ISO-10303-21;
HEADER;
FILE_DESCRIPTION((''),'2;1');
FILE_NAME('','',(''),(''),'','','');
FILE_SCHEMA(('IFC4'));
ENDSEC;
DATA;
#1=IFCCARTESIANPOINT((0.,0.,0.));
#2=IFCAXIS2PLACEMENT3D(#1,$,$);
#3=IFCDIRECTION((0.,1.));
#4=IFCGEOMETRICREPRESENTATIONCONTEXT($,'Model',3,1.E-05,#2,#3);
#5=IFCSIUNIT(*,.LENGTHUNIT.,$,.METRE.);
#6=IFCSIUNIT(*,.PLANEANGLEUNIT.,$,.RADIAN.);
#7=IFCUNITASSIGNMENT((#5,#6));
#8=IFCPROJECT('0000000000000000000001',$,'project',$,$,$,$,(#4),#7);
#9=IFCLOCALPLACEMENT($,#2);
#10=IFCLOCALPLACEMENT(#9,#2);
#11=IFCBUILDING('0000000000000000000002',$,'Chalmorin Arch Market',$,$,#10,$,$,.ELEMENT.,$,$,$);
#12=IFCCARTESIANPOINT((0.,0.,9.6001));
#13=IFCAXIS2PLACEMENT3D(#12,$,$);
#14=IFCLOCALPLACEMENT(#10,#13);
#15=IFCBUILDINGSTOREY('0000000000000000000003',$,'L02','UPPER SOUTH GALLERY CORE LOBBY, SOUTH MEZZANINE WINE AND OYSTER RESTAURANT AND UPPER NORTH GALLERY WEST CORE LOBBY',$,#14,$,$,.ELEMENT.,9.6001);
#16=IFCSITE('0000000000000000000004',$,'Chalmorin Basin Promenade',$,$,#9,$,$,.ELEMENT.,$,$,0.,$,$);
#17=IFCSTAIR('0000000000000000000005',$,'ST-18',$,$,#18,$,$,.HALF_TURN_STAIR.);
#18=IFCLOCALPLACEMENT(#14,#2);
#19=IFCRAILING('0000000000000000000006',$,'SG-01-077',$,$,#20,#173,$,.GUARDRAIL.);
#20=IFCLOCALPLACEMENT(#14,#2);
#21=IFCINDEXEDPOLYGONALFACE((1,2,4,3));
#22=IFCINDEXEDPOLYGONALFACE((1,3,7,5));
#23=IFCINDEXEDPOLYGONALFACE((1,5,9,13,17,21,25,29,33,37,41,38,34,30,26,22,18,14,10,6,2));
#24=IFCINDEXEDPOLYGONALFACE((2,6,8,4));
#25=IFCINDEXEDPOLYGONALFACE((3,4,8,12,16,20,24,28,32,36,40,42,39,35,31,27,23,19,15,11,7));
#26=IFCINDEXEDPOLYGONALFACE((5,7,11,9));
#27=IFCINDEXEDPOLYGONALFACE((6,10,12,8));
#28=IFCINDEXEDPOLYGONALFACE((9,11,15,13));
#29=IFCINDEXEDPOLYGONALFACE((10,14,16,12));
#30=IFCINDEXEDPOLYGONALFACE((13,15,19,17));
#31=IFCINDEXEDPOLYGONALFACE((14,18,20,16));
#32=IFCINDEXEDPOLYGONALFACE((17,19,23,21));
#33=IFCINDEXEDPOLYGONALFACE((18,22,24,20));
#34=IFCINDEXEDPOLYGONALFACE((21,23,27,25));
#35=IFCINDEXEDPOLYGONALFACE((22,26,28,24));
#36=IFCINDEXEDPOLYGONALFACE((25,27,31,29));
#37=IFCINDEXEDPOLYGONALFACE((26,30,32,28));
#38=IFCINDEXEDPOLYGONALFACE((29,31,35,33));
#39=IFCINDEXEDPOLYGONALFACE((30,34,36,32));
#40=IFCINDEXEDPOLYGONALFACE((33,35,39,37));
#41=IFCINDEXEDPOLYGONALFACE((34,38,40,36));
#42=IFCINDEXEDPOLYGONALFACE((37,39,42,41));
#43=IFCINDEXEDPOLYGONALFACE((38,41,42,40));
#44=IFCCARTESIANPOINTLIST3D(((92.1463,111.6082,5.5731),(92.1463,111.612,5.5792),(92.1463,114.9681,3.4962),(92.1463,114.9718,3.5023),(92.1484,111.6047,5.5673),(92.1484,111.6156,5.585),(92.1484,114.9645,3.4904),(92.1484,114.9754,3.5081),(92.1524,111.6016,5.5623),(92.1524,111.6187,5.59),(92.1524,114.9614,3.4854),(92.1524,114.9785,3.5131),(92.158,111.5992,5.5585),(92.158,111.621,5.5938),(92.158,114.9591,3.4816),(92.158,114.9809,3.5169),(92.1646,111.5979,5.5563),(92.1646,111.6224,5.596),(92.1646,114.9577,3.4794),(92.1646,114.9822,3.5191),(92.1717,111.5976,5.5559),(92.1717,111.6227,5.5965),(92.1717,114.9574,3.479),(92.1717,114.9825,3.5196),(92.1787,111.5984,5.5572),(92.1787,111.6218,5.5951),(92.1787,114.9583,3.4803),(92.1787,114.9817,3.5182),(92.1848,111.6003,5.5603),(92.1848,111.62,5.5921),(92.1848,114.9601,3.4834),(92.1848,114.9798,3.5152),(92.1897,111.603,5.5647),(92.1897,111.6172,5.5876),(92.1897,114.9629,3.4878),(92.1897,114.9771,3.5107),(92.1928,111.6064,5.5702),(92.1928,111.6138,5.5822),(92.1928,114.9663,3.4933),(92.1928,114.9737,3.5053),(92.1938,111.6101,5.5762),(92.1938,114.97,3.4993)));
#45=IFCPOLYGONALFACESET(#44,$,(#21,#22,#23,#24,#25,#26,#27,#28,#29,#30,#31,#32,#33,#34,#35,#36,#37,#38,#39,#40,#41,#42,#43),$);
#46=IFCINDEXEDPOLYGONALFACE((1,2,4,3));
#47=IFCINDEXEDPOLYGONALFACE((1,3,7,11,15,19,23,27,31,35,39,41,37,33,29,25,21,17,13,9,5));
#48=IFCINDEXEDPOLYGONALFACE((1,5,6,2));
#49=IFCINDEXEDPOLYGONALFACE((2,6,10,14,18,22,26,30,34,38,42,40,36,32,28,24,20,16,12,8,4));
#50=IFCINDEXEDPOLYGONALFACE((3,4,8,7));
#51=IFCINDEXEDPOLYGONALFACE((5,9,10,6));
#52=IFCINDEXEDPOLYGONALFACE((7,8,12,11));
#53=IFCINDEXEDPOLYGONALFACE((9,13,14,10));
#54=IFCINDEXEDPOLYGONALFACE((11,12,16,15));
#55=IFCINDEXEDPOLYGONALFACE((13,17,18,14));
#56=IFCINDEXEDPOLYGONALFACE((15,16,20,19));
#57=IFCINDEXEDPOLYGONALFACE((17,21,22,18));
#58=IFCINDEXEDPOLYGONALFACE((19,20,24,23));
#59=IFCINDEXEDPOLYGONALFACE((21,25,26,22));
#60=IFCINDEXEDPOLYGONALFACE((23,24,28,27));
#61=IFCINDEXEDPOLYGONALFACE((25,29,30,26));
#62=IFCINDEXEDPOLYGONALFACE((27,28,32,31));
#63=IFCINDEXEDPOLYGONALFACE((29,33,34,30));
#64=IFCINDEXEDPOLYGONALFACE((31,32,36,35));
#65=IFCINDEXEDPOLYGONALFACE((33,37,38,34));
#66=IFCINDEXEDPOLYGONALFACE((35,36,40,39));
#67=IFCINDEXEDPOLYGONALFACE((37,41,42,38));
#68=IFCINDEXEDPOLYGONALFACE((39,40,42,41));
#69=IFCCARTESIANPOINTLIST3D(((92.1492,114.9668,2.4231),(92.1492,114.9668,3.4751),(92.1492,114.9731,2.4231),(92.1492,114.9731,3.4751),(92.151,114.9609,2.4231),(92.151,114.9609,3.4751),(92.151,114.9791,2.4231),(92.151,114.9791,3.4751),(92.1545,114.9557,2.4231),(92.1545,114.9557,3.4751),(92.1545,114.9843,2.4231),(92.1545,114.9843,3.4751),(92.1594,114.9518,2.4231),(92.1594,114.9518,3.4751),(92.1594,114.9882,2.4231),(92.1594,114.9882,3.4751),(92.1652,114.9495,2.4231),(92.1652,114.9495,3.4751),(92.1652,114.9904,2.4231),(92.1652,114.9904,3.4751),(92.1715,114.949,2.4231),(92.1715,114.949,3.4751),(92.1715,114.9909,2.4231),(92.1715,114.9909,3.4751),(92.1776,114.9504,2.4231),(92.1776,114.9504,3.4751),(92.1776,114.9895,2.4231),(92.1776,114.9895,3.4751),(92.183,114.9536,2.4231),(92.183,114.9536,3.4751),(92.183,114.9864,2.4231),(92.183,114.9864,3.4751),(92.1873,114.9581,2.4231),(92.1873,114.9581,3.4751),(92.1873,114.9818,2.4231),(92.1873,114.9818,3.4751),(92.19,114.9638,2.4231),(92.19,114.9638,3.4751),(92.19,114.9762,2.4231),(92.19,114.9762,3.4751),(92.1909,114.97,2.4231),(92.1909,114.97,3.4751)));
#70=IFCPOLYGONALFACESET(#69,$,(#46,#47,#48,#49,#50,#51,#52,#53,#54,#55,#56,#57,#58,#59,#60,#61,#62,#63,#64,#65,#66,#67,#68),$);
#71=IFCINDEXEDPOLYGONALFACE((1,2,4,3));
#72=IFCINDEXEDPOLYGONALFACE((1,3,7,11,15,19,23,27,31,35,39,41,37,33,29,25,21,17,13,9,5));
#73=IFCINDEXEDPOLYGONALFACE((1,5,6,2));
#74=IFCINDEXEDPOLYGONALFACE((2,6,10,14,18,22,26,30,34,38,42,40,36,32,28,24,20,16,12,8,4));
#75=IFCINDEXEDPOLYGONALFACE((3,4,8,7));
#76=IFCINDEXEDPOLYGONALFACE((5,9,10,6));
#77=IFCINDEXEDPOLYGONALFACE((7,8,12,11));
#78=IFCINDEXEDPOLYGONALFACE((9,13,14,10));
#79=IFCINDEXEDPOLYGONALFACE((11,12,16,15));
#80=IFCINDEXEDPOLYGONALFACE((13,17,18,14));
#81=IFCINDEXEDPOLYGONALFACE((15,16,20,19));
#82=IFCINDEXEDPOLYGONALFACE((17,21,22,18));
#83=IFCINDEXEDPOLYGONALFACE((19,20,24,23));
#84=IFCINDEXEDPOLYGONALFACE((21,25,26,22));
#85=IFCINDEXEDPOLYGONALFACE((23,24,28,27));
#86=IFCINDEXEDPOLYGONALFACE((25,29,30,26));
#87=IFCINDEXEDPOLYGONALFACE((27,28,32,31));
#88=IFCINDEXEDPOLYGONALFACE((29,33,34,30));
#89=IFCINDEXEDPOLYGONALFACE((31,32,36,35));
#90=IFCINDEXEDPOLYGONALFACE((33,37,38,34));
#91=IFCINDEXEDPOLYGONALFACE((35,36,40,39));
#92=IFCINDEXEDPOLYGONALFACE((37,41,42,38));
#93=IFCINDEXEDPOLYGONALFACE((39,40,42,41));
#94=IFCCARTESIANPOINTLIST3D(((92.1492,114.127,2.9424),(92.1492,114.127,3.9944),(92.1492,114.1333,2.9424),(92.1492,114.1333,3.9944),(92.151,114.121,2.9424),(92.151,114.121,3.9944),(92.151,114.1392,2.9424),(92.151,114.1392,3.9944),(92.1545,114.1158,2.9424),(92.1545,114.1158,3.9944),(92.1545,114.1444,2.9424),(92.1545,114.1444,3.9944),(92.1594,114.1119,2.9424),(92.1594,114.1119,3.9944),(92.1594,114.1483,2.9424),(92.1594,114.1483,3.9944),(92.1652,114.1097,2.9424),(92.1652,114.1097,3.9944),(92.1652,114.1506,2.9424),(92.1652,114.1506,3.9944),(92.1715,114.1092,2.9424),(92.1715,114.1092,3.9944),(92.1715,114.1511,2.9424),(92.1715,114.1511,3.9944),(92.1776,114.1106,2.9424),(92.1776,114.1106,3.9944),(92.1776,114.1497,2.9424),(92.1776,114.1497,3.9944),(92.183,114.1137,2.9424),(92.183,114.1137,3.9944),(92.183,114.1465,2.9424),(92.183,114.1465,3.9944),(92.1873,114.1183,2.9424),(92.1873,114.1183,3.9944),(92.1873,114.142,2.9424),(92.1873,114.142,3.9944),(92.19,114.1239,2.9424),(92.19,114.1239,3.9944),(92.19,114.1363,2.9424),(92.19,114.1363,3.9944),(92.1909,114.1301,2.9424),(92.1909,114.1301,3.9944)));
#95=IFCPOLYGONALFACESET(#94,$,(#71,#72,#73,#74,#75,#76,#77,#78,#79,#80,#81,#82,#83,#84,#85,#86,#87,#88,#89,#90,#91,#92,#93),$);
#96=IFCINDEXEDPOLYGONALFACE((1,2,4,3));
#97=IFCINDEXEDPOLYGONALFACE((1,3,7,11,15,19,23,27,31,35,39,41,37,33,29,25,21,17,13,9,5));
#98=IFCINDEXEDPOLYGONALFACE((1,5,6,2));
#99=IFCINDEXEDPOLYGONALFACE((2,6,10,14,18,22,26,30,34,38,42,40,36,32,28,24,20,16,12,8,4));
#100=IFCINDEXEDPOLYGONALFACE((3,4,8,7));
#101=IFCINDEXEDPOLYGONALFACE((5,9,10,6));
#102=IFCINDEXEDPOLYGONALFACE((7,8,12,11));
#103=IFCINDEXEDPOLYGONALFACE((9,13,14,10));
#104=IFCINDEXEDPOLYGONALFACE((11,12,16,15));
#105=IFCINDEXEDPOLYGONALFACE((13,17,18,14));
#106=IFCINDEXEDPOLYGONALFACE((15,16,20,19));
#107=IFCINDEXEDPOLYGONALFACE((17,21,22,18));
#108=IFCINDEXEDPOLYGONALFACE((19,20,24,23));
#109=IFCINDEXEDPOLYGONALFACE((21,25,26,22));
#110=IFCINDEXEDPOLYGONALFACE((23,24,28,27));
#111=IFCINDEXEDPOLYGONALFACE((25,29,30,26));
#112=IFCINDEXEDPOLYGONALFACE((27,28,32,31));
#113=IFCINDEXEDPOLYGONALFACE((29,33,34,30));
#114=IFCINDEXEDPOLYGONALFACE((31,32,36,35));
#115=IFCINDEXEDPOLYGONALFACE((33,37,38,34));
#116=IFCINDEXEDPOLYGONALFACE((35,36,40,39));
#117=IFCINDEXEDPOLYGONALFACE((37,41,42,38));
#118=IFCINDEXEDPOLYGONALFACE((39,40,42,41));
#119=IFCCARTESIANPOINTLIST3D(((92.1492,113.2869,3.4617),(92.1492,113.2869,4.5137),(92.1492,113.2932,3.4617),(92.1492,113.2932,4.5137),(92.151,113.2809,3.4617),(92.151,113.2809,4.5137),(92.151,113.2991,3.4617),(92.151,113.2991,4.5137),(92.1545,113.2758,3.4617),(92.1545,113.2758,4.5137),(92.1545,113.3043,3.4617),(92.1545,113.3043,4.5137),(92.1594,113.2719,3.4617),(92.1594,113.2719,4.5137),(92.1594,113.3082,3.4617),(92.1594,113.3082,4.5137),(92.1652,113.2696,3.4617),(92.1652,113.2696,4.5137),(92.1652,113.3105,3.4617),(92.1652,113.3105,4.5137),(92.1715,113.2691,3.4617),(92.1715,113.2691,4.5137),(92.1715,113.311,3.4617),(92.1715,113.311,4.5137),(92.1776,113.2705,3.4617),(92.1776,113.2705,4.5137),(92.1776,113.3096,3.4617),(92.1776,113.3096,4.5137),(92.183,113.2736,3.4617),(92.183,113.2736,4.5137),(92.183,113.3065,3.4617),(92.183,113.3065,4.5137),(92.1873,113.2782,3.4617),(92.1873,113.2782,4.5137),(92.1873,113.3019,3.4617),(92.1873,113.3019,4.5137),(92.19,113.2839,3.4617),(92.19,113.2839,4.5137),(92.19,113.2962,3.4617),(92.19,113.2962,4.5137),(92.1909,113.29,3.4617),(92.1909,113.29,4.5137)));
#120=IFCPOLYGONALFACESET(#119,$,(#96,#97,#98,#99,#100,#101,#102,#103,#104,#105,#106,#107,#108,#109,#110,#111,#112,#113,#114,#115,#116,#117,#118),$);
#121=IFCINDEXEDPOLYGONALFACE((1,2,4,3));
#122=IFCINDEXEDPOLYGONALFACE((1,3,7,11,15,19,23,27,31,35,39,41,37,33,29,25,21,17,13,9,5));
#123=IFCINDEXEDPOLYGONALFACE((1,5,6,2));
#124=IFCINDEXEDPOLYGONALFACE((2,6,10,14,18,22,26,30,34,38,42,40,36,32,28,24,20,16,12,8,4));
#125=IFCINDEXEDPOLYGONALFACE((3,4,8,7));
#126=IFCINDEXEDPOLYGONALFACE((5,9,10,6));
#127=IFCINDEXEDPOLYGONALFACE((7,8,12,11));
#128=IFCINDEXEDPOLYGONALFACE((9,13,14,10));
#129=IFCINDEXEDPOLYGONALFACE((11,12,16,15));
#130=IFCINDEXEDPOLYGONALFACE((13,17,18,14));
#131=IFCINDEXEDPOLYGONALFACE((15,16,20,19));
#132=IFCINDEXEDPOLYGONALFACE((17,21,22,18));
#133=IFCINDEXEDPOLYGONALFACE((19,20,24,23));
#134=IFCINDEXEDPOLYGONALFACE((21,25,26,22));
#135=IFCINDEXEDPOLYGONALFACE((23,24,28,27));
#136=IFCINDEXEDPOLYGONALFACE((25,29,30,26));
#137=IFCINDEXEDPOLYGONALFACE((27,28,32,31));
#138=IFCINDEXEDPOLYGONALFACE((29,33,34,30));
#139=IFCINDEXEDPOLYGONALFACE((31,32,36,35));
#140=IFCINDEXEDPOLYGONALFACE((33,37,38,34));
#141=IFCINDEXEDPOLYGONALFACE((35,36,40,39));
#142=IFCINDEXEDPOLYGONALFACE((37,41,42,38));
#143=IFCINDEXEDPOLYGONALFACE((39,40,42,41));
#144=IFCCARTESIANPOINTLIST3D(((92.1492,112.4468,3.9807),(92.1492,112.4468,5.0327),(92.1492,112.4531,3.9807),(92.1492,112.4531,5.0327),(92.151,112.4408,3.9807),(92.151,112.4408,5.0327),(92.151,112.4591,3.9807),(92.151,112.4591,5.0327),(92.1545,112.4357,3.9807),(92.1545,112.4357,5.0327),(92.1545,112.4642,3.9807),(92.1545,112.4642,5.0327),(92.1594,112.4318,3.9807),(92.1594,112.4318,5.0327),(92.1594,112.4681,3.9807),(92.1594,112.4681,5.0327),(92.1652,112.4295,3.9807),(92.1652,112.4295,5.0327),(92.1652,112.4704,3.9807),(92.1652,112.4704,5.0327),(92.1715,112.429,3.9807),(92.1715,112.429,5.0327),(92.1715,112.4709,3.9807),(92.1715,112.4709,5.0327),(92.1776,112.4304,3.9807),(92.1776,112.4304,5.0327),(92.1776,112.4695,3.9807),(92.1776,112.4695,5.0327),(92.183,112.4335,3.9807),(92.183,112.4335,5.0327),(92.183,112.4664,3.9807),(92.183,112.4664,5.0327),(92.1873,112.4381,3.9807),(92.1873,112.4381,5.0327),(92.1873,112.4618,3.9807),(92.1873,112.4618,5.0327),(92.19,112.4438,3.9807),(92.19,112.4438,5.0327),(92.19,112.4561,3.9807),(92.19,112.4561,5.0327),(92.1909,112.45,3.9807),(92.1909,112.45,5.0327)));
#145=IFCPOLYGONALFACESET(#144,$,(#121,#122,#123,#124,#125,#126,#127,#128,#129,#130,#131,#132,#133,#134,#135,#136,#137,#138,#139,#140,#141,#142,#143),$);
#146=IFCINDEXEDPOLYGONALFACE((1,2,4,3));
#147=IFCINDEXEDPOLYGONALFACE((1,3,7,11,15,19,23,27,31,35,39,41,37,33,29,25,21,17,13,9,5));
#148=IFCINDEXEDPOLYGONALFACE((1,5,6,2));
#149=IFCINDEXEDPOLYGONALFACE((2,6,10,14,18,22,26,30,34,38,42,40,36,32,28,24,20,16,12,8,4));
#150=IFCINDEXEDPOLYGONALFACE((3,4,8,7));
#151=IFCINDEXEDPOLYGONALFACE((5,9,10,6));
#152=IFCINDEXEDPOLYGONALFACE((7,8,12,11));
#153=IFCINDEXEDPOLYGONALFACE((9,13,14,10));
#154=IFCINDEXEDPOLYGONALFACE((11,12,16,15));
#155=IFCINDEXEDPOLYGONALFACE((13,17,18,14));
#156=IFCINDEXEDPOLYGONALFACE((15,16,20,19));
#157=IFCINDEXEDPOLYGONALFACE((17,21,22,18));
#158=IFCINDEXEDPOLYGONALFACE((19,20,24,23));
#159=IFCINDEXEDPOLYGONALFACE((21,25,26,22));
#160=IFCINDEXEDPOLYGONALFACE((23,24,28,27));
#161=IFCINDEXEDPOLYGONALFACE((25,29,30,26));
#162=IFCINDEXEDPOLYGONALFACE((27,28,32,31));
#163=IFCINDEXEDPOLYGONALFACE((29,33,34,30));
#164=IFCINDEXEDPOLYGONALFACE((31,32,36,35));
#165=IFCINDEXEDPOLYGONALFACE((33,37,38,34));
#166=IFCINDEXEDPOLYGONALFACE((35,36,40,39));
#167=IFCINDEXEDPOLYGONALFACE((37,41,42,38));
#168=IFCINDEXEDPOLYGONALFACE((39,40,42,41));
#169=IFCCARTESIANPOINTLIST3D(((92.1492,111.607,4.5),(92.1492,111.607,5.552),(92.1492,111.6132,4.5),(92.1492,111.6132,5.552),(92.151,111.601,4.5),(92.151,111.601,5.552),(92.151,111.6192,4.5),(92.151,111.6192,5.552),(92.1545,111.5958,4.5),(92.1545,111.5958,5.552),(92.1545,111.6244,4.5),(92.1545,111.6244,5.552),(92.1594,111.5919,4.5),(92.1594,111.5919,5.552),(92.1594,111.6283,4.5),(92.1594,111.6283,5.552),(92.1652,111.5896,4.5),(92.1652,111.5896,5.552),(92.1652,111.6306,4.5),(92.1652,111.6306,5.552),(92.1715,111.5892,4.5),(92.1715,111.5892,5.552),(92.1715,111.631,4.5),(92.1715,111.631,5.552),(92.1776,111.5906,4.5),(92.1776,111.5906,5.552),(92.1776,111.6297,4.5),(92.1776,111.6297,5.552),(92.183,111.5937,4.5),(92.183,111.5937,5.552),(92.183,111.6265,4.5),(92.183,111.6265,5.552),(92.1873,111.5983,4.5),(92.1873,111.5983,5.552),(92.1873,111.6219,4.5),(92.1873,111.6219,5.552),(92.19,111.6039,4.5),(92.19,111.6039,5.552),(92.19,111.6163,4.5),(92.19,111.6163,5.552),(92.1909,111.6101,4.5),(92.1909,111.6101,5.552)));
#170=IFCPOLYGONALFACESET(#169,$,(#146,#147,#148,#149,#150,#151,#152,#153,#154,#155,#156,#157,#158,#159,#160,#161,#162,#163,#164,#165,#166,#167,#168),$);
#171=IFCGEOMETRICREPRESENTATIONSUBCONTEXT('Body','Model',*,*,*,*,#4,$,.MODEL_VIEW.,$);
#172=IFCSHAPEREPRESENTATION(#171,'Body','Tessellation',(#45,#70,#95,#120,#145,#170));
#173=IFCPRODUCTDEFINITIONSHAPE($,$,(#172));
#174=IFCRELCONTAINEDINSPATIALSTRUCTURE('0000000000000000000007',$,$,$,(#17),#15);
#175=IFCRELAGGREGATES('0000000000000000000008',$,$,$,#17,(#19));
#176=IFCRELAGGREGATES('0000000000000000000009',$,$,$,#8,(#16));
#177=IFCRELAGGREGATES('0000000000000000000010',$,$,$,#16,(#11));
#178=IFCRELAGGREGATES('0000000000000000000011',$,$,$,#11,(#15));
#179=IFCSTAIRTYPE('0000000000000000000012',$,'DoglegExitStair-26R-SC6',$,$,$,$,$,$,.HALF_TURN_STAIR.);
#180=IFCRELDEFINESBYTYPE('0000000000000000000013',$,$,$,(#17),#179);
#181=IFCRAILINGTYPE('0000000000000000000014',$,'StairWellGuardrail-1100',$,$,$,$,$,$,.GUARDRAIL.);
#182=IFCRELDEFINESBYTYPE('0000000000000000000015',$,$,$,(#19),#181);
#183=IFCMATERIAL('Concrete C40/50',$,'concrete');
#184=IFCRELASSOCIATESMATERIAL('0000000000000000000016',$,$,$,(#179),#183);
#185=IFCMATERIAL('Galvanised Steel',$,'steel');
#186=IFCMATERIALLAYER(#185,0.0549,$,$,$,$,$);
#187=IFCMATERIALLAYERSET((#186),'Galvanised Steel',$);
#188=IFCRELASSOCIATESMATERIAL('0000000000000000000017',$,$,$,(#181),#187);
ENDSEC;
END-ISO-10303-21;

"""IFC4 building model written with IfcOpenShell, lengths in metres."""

from ifc_helpers import new_model, si_unit, direction, frame, origin, origin_2d, place, context, subcontext, project, spatial, circle, extrude, material, layer, layer_set, type_object, element, aggregate, save


model = new_model("IFC4")

# Units and contexts
model_context = context("Model", 3, precision=1e-05, world=origin(), true_north=direction((0.0, 1.0)))
body_context = subcontext(model_context, "Body", "Model", "MODEL_VIEW")
ifc_project = project(units=[si_unit("LENGTHUNIT", "METRE"), si_unit("PLANEANGLEUNIT", "RADIAN")], contexts=[model_context])

# Site, building, storey
site_placement = place(None, origin())
site = spatial("IfcSite", under=ifc_project, at=site_placement, Name="Chalmorin Basin Promenade", CompositionType="ELEMENT", RefElevation=0.0)
building_placement = place(site_placement, origin())
building = spatial("IfcBuilding", under=site, at=building_placement, Name="Chalmorin Arch Market", CompositionType="ELEMENT")
storey_placement = place(building_placement, frame((0.0, 0.0, 9.6001)))
storey = spatial("IfcBuildingStorey", under=building, at=storey_placement, Name="L02", Description="UPPER SOUTH GALLERY CORE LOBBY, SOUTH MEZZANINE WINE AND OYSTER RESTAURANT AND UPPER NORTH GALLERY WEST CORE LOBBY", CompositionType="ELEMENT", Elevation=9.6001)

# Shared definitions
ifc_material_1 = material(Name="Concrete C40/50", Category="concrete")

# Stair, railing
stair_type = type_object("IfcStairType", Name="DoglegExitStair-26R-SC6", PredefinedType="HALF_TURN_STAIR", material=ifc_material_1)
stair_placement = place(storey_placement, origin())
stair = element("IfcStair", 1, at=stair_placement, inside=storey, type_object=stair_type, Name="ST-18", PredefinedType="HALF_TURN_STAIR")
ifc_material_2 = material(Name="Galvanised Steel", Category="steel")
ifc_layer_1 = layer(ifc_material_2, 0.0549)
ifc_layer_set_1 = layer_set([ifc_layer_1], Name="Galvanised Steel")
railing_type_1 = type_object("IfcRailingType", Name="StairWellGuardrail-1100", PredefinedType="GUARDRAIL", material=ifc_layer_set_1)
railing_1_placement = place(storey_placement, frame((92.1699, 114.97, 2.4231)))
railing_1 = element("IfcRailing", 2, at=railing_1_placement, type_object=railing_type_1, Name="SG-01-077", PredefinedType="GUARDRAIL", context=body_context, shape_type="SweptSolid", body=[
    extrude(circle(Radius=0.0239, at=origin_2d()), frame((0.0, 0.0, 1.0762), z_axis=(0.0, -0.850606, 0.525803), x_axis=(1.0, 0.0, 0.0)), (0.0, 0.0, 1.0), 3.95),
    extrude(circle(Radius=0.021, at=origin_2d()), origin(), (0.0, 0.0, 1.0), 1.052),
    extrude(circle(Radius=0.021, at=origin_2d()), frame((0.0, -0.8398, 0.5193)), (0.0, 0.0, 1.0), 1.052),
    extrude(circle(Radius=0.021, at=origin_2d()), frame((0.0, -1.6799, 1.0386)), (0.0, 0.0, 1.0), 1.052),
    extrude(circle(Radius=0.021, at=origin_2d()), frame((0.0, -2.52, 1.5576)), (0.0, 0.0, 1.0), 1.052),
    extrude(circle(Radius=0.021, at=origin_2d()), frame((0.0, -3.3599, 2.0769)), (0.0, 0.0, 1.0), 1.052),
])
aggregate(stair, [railing_1])

save(model, "model.ifc")
